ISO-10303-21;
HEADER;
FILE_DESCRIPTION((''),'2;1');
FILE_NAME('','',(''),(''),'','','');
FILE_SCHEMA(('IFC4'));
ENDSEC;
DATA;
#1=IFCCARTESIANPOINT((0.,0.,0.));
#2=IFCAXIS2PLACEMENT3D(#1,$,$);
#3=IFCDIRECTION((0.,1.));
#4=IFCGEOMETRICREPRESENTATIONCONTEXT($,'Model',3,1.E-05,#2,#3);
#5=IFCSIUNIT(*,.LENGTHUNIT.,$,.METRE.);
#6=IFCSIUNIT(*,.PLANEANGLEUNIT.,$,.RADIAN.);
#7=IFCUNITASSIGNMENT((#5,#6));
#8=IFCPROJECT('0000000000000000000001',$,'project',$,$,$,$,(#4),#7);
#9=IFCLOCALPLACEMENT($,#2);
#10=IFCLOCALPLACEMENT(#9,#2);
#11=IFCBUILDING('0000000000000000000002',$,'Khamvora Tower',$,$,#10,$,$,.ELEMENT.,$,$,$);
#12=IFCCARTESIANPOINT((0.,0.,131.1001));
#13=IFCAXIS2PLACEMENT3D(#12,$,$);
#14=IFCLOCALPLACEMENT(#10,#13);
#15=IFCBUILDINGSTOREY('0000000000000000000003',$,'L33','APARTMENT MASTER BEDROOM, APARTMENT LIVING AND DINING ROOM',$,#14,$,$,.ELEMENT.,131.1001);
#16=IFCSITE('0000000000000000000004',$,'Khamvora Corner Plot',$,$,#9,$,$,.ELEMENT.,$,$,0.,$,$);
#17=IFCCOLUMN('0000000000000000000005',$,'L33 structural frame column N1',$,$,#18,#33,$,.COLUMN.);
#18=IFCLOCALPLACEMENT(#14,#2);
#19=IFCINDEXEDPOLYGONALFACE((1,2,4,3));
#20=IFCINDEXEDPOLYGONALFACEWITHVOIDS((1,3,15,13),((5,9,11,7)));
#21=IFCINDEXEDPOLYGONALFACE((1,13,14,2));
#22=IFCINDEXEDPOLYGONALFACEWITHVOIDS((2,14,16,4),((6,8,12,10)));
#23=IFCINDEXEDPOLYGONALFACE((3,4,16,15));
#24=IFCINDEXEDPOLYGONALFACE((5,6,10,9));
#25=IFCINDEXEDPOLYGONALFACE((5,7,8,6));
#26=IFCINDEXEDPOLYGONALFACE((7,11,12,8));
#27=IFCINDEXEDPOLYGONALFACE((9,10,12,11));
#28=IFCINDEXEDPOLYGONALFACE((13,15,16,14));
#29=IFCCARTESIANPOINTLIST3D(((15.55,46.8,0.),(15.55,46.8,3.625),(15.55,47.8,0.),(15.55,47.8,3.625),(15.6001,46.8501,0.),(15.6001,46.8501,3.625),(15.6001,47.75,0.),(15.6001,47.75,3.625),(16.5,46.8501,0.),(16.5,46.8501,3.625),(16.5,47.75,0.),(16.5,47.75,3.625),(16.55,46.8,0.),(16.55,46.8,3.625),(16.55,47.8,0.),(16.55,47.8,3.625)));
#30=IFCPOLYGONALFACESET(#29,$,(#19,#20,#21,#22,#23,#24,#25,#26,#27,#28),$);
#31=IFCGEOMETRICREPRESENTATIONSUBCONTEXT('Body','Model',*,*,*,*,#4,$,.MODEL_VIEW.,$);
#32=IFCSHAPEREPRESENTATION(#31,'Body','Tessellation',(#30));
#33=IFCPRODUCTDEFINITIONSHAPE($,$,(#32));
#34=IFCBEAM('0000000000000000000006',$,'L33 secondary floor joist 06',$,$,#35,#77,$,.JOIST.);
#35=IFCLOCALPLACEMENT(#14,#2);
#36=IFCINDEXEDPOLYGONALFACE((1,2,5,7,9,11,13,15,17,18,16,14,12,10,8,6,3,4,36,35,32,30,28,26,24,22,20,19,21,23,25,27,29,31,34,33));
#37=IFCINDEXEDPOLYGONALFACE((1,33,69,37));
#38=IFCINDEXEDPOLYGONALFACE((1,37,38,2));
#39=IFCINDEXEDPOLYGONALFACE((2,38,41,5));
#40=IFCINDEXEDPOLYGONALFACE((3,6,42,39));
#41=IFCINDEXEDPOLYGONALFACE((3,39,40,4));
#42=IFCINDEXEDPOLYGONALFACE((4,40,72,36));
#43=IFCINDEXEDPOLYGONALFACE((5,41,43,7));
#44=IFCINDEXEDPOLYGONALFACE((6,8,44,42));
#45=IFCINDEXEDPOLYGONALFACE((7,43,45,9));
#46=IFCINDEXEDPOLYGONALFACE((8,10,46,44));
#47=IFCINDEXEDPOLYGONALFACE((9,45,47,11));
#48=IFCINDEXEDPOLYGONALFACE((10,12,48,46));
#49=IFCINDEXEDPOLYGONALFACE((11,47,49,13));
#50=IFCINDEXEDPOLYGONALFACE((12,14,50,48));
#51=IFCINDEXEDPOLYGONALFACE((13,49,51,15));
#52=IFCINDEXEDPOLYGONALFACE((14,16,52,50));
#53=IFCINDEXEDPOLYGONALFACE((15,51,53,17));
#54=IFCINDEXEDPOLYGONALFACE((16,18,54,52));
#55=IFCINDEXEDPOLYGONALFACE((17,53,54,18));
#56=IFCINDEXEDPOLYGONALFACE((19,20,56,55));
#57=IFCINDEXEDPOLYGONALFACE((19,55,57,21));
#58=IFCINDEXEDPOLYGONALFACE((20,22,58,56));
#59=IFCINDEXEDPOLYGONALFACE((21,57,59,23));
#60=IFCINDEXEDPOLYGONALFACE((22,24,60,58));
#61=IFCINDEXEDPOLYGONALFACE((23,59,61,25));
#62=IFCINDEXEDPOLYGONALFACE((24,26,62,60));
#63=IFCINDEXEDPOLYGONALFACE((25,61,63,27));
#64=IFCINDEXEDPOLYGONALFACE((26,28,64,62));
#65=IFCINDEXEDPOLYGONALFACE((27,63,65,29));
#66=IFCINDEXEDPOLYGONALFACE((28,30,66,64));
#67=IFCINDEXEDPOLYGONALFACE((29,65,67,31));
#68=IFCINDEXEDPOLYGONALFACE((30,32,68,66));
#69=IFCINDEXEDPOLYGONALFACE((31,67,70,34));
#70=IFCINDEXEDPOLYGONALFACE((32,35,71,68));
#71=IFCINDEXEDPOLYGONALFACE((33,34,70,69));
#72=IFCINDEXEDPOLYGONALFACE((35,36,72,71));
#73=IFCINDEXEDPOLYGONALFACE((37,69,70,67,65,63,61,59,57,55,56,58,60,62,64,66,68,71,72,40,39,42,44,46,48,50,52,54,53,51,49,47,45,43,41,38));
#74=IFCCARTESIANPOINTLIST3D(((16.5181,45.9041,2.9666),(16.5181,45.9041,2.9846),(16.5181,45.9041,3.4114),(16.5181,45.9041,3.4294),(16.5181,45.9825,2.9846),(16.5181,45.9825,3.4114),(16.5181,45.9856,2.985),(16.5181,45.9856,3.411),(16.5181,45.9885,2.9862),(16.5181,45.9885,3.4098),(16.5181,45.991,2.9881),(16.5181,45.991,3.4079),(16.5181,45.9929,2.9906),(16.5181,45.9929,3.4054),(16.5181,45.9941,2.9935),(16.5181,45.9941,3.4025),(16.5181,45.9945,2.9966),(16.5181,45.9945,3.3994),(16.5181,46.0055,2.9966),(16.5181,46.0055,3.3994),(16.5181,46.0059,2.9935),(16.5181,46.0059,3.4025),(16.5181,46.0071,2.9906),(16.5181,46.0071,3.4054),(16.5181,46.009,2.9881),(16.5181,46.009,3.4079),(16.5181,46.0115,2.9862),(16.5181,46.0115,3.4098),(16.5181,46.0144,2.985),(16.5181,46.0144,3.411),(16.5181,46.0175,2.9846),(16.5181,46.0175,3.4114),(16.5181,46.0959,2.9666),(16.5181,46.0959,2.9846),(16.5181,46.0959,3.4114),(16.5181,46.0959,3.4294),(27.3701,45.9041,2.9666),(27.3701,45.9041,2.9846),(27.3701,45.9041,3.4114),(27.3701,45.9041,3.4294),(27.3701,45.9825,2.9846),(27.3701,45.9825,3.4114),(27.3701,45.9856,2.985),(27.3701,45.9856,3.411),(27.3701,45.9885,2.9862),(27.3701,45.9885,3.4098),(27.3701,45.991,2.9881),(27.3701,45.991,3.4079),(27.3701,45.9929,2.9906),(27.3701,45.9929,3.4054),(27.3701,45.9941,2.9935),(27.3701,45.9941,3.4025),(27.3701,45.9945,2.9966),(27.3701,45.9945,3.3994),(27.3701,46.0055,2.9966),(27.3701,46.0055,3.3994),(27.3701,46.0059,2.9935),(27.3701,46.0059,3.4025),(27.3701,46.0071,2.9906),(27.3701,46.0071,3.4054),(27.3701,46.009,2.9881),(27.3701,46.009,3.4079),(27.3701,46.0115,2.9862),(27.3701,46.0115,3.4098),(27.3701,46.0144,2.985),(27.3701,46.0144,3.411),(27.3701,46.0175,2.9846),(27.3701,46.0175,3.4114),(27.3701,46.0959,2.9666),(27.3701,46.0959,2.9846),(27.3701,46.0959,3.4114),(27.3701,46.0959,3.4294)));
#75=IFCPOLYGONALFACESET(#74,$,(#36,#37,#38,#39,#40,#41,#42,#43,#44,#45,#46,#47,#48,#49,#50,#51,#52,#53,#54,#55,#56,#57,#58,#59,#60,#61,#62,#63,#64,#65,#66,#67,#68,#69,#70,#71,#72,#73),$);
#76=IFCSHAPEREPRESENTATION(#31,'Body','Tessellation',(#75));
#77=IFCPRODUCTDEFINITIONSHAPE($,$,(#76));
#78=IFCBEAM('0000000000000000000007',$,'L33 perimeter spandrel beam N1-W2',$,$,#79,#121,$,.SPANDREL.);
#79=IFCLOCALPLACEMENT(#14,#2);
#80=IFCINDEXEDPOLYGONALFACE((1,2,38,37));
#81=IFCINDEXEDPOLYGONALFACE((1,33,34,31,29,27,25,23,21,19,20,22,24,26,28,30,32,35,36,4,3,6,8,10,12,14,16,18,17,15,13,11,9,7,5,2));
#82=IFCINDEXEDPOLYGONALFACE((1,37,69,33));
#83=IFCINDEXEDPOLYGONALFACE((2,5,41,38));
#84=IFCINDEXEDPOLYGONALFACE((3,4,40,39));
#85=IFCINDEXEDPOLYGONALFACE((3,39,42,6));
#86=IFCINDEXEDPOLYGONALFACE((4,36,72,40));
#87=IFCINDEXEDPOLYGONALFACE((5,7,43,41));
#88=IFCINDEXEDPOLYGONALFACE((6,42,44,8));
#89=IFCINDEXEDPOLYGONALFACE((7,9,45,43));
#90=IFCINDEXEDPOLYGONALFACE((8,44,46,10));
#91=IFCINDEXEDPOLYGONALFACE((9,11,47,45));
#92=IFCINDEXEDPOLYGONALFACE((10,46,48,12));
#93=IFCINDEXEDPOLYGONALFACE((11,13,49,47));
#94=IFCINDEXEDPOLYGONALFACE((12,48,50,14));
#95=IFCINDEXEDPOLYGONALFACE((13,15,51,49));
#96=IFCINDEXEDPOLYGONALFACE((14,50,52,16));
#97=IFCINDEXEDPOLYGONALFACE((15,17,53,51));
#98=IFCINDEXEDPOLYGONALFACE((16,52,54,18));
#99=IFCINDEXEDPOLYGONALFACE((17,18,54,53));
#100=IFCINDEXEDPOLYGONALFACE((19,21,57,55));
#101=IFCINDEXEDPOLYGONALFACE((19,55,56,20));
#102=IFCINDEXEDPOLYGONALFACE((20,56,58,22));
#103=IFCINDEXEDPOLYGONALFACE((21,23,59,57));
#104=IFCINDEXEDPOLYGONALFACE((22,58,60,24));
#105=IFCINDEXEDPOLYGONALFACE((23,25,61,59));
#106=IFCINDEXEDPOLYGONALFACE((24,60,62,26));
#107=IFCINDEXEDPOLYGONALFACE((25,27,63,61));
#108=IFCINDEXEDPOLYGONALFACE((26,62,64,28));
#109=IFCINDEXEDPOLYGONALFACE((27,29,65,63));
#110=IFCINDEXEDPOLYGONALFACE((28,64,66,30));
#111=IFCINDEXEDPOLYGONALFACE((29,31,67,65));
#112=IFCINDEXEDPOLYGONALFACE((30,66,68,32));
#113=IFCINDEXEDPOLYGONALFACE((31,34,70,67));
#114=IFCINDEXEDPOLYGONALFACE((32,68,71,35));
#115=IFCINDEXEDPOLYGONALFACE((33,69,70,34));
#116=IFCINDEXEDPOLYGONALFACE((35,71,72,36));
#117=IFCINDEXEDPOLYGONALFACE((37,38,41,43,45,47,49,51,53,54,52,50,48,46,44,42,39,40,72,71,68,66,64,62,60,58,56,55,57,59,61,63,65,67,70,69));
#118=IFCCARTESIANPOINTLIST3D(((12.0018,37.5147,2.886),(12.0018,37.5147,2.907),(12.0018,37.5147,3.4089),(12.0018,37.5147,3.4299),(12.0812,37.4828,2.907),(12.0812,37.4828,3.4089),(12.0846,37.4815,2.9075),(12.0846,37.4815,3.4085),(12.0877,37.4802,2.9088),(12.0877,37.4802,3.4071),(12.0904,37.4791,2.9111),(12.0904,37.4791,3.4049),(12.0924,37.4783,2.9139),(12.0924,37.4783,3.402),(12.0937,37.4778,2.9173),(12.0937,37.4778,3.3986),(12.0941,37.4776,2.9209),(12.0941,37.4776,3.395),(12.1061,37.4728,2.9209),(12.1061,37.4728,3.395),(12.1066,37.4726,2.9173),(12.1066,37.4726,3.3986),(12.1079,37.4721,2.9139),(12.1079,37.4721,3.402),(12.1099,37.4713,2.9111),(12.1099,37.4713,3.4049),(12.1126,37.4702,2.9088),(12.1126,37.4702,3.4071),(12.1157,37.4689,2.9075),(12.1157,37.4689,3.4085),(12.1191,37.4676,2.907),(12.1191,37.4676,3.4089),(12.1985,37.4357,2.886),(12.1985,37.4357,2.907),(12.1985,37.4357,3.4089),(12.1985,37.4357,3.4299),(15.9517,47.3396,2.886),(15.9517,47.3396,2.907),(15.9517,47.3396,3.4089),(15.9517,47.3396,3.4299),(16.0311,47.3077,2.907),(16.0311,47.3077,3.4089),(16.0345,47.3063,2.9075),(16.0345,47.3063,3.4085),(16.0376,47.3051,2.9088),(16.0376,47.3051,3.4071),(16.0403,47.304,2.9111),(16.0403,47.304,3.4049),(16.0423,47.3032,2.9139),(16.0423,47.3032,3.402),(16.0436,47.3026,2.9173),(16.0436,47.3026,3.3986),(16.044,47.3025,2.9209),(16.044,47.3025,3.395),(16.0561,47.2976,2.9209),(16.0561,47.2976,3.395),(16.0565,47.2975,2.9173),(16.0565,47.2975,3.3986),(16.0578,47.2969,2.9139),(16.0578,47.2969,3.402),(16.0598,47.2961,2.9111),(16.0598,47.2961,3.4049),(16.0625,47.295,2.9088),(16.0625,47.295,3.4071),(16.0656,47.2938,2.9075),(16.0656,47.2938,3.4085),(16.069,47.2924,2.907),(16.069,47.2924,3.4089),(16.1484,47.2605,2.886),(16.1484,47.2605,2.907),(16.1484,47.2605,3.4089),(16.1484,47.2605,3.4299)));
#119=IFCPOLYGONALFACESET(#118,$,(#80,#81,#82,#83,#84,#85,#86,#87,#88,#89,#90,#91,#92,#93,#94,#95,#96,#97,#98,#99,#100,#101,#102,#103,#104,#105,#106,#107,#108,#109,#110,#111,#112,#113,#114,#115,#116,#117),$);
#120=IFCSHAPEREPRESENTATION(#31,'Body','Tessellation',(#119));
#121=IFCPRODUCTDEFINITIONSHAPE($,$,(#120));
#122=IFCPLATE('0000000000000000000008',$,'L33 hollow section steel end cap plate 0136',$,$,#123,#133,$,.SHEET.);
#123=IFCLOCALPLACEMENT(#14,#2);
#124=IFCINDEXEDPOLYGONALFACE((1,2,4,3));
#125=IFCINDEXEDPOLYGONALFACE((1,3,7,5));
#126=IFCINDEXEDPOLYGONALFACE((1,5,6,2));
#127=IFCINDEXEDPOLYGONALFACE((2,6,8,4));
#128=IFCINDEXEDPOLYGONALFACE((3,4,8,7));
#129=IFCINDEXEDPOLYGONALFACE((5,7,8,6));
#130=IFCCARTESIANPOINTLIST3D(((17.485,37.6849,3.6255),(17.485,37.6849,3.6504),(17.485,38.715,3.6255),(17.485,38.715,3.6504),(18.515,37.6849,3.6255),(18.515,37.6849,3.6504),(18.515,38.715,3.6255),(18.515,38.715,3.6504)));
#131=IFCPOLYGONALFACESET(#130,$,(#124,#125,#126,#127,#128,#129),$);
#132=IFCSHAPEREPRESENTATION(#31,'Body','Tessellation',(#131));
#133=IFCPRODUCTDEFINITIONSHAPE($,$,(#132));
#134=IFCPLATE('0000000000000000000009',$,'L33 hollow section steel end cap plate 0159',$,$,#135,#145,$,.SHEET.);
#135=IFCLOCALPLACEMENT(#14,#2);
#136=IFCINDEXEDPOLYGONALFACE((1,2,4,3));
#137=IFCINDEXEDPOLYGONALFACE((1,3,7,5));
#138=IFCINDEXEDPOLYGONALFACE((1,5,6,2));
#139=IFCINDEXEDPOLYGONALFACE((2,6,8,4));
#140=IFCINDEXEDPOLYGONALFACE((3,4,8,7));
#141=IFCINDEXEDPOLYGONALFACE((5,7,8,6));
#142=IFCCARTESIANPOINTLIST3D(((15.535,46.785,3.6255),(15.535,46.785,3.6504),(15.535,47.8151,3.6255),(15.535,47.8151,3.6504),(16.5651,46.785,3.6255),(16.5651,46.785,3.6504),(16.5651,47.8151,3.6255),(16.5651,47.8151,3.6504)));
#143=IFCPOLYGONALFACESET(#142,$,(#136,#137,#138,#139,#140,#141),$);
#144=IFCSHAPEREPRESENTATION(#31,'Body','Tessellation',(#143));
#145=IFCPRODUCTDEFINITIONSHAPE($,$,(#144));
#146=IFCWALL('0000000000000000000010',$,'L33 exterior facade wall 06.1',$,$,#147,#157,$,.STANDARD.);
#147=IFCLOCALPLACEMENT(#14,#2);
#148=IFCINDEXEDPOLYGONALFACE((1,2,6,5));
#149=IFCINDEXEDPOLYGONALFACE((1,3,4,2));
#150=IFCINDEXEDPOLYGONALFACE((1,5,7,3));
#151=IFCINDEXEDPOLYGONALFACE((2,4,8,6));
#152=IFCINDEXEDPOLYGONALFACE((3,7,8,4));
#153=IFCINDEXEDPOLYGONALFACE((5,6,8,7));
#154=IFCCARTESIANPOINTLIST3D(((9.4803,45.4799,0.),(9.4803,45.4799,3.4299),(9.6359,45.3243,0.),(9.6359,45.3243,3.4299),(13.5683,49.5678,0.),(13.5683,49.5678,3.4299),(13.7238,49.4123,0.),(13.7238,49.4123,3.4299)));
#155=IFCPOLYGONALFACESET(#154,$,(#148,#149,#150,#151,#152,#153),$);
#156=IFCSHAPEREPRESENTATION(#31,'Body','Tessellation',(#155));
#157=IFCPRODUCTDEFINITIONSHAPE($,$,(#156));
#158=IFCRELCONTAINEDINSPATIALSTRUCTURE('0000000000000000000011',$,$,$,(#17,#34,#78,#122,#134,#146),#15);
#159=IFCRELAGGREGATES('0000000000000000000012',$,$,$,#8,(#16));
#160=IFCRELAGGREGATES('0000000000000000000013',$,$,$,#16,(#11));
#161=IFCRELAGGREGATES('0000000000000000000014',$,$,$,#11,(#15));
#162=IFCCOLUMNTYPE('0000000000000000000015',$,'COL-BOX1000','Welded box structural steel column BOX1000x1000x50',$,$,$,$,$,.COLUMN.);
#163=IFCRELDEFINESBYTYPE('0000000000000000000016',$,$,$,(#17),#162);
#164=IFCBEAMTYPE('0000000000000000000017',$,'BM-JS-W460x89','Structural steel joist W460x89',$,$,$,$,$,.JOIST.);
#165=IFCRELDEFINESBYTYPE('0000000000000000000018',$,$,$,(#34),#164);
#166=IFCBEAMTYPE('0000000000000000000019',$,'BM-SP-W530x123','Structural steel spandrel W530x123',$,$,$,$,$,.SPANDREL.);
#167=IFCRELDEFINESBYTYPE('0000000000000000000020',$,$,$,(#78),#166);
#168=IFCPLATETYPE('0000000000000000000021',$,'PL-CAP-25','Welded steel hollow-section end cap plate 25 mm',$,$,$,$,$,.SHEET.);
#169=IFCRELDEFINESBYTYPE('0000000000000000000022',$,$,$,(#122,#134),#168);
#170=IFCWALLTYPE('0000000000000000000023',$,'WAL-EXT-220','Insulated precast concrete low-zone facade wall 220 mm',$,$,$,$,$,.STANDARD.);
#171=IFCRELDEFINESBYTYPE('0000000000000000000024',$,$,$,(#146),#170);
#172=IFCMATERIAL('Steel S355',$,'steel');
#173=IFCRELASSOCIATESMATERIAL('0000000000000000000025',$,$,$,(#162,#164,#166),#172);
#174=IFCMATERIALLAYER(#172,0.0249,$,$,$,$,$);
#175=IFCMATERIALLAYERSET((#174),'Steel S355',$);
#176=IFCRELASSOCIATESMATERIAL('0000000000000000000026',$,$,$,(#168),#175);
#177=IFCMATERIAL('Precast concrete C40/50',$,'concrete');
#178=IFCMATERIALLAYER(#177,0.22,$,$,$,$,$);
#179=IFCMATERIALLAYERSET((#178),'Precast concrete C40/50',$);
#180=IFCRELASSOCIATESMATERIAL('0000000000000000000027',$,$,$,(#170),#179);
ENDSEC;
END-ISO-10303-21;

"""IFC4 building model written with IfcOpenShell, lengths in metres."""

from ifc_helpers import new_model, si_unit, direction, frame, frame_2d, origin, origin_2d, place, context, subcontext, project, spatial, rectangle, hollow_rectangle, i_section, extrude, material, layer, layer_set, material_profile, profile_set, type_object, element, save


model = new_model("IFC4")

# Units and contexts
model_context = context("Model", 3, precision=1e-05, world=origin(), true_north=direction((0.0, 1.0)))
body_context = subcontext(model_context, "Body", "Model", "MODEL_VIEW")
ifc_project = project(units=[si_unit("LENGTHUNIT", "METRE"), si_unit("PLANEANGLEUNIT", "RADIAN")], contexts=[model_context])

# Site, building, storey
site_placement = place(None, origin())
site = spatial("IfcSite", under=ifc_project, at=site_placement, Name="Khamvora Corner Plot", CompositionType="ELEMENT", RefElevation=0.0)
building_placement = place(site_placement, origin())
building = spatial("IfcBuilding", under=site, at=building_placement, Name="Khamvora Tower", CompositionType="ELEMENT")
storey_placement = place(building_placement, frame((0.0, 0.0, 131.1001)))
storey = spatial("IfcBuildingStorey", under=building, at=storey_placement, Name="L33", Description="APARTMENT MASTER BEDROOM, APARTMENT LIVING AND DINING ROOM", CompositionType="ELEMENT", Elevation=131.1001)

# Column
ifc_material_1 = material(Name="Steel S355", Category="steel")
ifc_material_profile_1 = material_profile(ifc_material_1, hollow_rectangle(XDim=1.0, YDim=1.0, WallThickness=0.05, at=origin_2d()), Name="BOX1000x1000x50")
ifc_profile_set_1 = profile_set([ifc_material_profile_1], Name="Steel S355")
column_type = type_object("IfcColumnType", Name="COL-BOX1000", Description="Welded box structural steel column BOX1000x1000x50", PredefinedType="COLUMN", material=ifc_profile_set_1)
column_placement = place(storey_placement, frame((16.05, 47.3, 0.0), z_axis=(0.0, 0.0, 1.0), x_axis=(1.0, 0.0, 0.0)))
element("IfcColumn", 1, at=column_placement, inside=storey, type_object=column_type, Name="L33 structural frame column N1", PredefinedType="COLUMN", context=body_context, shape_type="SweptSolid", body=[
    extrude(hollow_rectangle(XDim=1.0, YDim=1.0, WallThickness=0.05, at=origin_2d()), origin(), (0.0, 0.0, 1.0), 3.625),
])

# Beams
ifc_material_profile_2 = material_profile(ifc_material_1, i_section(OverallWidth=0.1919, OverallDepth=0.4629, WebThickness=0.011, FlangeThickness=0.0181, FilletRadius=0.012, at=origin_2d()), Name="W460x89")
ifc_profile_set_2 = profile_set([ifc_material_profile_2], Name="Steel S355")
beam_type_1 = type_object("IfcBeamType", Name="BM-JS-W460x89", Description="Structural steel joist W460x89", PredefinedType="JOIST", material=ifc_profile_set_2)
beam_1_placement = place(storey_placement, frame((16.5181, 46.0, 3.198), z_axis=(1.0, 0.0, 0.0), x_axis=(0.0, 1.0, 0.0)))
element("IfcBeam", 2, at=beam_1_placement, inside=storey, type_object=beam_type_1, Name="L33 secondary floor joist 06", PredefinedType="JOIST", context=body_context, shape_type="SweptSolid", body=[
    extrude(i_section(OverallWidth=0.1919, OverallDepth=0.4629, WebThickness=0.011, FlangeThickness=0.0181, FilletRadius=0.012, at=origin_2d()), origin(), (0.0, 0.0, 1.0), 10.8521),
])
ifc_material_profile_3 = material_profile(ifc_material_1, i_section(OverallWidth=0.2119, OverallDepth=0.5439, WebThickness=0.0129, FlangeThickness=0.021, FilletRadius=0.0139, at=origin_2d()), Name="W530x123")
ifc_profile_set_3 = profile_set([ifc_material_profile_3], Name="Steel S355")
beam_type_2 = type_object("IfcBeamType", Name="BM-SP-W530x123", Description="Structural steel spandrel W530x123", PredefinedType="SPANDREL", material=ifc_profile_set_3)
beam_2_placement = place(storey_placement, frame((16.05, 47.3, 3.158), z_axis=(-0.373016, -0.927825, 0.0), x_axis=(0.927825, -0.373016, 0.0)))
element("IfcBeam", 3, at=beam_2_placement, inside=storey, type_object=beam_type_2, Name="L33 perimeter spandrel beam N1-W2", PredefinedType="SPANDREL", context=body_context, shape_type="SweptSolid", body=[
    extrude(i_section(OverallWidth=0.2119, OverallDepth=0.5439, WebThickness=0.0129, FlangeThickness=0.021, FilletRadius=0.0139, at=origin_2d()), origin(), (0.0, 0.0, 1.0), 10.5891),
])

# Plates
ifc_layer_1 = layer(ifc_material_1, 0.0249)
ifc_layer_set_1 = layer_set([ifc_layer_1], Name="Steel S355")
plate_type = type_object("IfcPlateType", Name="PL-CAP-25", Description="Welded steel hollow-section end cap plate 25 mm", PredefinedType="SHEET", material=ifc_layer_set_1)
for number, where, z_axis, x_axis, name in (
    (4, (18.0, 38.2, 3.6255), (0.0, 0.0, 1.0), (1.0, 0.0, 0.0), "L33 hollow section steel end cap plate 0136"),
    (5, (16.05, 47.3, 3.6255), (0.0, 0.0, 1.0), (1.0, 0.0, 0.0), "L33 hollow section steel end cap plate 0159"),
):
    element("IfcPlate", number, at=place(storey_placement, frame(where, z_axis=z_axis, x_axis=x_axis)), inside=storey, type_object=plate_type, Name=name, PredefinedType="SHEET", context=body_context, shape_type="SweptSolid", body=[
        extrude(rectangle(XDim=1.03, YDim=1.03, at=origin_2d()), origin(), (0.0, 0.0, 1.0), 0.0249),
    ])

# Wall
ifc_material_2 = material(Name="Precast concrete C40/50", Category="concrete")
ifc_layer_2 = layer(ifc_material_2, 0.22)
ifc_layer_set_2 = layer_set([ifc_layer_2], Name="Precast concrete C40/50")
wall_type_1 = type_object("IfcWallType", Name="WAL-EXT-220", Description="Insulated precast concrete low-zone facade wall 220 mm", PredefinedType="STANDARD", material=ifc_layer_set_2)
wall_1_placement = place(storey_placement, frame((9.5581, 45.4021, 0.0), z_axis=(0.0, 0.0, 1.0), x_axis=(0.707107, 0.707107, 0.0)))
element("IfcWall", 6, at=wall_1_placement, inside=storey, type_object=wall_type_1, Name="L33 exterior facade wall 06.1", PredefinedType="STANDARD", context=body_context, shape_type="SweptSolid", body=[
    extrude(rectangle(XDim=5.7812, YDim=0.22, at=frame_2d((2.8906, 0.0))), origin(), (0.0, 0.0, 1.0), 3.4299),
])

save(model, "model.ifc")
